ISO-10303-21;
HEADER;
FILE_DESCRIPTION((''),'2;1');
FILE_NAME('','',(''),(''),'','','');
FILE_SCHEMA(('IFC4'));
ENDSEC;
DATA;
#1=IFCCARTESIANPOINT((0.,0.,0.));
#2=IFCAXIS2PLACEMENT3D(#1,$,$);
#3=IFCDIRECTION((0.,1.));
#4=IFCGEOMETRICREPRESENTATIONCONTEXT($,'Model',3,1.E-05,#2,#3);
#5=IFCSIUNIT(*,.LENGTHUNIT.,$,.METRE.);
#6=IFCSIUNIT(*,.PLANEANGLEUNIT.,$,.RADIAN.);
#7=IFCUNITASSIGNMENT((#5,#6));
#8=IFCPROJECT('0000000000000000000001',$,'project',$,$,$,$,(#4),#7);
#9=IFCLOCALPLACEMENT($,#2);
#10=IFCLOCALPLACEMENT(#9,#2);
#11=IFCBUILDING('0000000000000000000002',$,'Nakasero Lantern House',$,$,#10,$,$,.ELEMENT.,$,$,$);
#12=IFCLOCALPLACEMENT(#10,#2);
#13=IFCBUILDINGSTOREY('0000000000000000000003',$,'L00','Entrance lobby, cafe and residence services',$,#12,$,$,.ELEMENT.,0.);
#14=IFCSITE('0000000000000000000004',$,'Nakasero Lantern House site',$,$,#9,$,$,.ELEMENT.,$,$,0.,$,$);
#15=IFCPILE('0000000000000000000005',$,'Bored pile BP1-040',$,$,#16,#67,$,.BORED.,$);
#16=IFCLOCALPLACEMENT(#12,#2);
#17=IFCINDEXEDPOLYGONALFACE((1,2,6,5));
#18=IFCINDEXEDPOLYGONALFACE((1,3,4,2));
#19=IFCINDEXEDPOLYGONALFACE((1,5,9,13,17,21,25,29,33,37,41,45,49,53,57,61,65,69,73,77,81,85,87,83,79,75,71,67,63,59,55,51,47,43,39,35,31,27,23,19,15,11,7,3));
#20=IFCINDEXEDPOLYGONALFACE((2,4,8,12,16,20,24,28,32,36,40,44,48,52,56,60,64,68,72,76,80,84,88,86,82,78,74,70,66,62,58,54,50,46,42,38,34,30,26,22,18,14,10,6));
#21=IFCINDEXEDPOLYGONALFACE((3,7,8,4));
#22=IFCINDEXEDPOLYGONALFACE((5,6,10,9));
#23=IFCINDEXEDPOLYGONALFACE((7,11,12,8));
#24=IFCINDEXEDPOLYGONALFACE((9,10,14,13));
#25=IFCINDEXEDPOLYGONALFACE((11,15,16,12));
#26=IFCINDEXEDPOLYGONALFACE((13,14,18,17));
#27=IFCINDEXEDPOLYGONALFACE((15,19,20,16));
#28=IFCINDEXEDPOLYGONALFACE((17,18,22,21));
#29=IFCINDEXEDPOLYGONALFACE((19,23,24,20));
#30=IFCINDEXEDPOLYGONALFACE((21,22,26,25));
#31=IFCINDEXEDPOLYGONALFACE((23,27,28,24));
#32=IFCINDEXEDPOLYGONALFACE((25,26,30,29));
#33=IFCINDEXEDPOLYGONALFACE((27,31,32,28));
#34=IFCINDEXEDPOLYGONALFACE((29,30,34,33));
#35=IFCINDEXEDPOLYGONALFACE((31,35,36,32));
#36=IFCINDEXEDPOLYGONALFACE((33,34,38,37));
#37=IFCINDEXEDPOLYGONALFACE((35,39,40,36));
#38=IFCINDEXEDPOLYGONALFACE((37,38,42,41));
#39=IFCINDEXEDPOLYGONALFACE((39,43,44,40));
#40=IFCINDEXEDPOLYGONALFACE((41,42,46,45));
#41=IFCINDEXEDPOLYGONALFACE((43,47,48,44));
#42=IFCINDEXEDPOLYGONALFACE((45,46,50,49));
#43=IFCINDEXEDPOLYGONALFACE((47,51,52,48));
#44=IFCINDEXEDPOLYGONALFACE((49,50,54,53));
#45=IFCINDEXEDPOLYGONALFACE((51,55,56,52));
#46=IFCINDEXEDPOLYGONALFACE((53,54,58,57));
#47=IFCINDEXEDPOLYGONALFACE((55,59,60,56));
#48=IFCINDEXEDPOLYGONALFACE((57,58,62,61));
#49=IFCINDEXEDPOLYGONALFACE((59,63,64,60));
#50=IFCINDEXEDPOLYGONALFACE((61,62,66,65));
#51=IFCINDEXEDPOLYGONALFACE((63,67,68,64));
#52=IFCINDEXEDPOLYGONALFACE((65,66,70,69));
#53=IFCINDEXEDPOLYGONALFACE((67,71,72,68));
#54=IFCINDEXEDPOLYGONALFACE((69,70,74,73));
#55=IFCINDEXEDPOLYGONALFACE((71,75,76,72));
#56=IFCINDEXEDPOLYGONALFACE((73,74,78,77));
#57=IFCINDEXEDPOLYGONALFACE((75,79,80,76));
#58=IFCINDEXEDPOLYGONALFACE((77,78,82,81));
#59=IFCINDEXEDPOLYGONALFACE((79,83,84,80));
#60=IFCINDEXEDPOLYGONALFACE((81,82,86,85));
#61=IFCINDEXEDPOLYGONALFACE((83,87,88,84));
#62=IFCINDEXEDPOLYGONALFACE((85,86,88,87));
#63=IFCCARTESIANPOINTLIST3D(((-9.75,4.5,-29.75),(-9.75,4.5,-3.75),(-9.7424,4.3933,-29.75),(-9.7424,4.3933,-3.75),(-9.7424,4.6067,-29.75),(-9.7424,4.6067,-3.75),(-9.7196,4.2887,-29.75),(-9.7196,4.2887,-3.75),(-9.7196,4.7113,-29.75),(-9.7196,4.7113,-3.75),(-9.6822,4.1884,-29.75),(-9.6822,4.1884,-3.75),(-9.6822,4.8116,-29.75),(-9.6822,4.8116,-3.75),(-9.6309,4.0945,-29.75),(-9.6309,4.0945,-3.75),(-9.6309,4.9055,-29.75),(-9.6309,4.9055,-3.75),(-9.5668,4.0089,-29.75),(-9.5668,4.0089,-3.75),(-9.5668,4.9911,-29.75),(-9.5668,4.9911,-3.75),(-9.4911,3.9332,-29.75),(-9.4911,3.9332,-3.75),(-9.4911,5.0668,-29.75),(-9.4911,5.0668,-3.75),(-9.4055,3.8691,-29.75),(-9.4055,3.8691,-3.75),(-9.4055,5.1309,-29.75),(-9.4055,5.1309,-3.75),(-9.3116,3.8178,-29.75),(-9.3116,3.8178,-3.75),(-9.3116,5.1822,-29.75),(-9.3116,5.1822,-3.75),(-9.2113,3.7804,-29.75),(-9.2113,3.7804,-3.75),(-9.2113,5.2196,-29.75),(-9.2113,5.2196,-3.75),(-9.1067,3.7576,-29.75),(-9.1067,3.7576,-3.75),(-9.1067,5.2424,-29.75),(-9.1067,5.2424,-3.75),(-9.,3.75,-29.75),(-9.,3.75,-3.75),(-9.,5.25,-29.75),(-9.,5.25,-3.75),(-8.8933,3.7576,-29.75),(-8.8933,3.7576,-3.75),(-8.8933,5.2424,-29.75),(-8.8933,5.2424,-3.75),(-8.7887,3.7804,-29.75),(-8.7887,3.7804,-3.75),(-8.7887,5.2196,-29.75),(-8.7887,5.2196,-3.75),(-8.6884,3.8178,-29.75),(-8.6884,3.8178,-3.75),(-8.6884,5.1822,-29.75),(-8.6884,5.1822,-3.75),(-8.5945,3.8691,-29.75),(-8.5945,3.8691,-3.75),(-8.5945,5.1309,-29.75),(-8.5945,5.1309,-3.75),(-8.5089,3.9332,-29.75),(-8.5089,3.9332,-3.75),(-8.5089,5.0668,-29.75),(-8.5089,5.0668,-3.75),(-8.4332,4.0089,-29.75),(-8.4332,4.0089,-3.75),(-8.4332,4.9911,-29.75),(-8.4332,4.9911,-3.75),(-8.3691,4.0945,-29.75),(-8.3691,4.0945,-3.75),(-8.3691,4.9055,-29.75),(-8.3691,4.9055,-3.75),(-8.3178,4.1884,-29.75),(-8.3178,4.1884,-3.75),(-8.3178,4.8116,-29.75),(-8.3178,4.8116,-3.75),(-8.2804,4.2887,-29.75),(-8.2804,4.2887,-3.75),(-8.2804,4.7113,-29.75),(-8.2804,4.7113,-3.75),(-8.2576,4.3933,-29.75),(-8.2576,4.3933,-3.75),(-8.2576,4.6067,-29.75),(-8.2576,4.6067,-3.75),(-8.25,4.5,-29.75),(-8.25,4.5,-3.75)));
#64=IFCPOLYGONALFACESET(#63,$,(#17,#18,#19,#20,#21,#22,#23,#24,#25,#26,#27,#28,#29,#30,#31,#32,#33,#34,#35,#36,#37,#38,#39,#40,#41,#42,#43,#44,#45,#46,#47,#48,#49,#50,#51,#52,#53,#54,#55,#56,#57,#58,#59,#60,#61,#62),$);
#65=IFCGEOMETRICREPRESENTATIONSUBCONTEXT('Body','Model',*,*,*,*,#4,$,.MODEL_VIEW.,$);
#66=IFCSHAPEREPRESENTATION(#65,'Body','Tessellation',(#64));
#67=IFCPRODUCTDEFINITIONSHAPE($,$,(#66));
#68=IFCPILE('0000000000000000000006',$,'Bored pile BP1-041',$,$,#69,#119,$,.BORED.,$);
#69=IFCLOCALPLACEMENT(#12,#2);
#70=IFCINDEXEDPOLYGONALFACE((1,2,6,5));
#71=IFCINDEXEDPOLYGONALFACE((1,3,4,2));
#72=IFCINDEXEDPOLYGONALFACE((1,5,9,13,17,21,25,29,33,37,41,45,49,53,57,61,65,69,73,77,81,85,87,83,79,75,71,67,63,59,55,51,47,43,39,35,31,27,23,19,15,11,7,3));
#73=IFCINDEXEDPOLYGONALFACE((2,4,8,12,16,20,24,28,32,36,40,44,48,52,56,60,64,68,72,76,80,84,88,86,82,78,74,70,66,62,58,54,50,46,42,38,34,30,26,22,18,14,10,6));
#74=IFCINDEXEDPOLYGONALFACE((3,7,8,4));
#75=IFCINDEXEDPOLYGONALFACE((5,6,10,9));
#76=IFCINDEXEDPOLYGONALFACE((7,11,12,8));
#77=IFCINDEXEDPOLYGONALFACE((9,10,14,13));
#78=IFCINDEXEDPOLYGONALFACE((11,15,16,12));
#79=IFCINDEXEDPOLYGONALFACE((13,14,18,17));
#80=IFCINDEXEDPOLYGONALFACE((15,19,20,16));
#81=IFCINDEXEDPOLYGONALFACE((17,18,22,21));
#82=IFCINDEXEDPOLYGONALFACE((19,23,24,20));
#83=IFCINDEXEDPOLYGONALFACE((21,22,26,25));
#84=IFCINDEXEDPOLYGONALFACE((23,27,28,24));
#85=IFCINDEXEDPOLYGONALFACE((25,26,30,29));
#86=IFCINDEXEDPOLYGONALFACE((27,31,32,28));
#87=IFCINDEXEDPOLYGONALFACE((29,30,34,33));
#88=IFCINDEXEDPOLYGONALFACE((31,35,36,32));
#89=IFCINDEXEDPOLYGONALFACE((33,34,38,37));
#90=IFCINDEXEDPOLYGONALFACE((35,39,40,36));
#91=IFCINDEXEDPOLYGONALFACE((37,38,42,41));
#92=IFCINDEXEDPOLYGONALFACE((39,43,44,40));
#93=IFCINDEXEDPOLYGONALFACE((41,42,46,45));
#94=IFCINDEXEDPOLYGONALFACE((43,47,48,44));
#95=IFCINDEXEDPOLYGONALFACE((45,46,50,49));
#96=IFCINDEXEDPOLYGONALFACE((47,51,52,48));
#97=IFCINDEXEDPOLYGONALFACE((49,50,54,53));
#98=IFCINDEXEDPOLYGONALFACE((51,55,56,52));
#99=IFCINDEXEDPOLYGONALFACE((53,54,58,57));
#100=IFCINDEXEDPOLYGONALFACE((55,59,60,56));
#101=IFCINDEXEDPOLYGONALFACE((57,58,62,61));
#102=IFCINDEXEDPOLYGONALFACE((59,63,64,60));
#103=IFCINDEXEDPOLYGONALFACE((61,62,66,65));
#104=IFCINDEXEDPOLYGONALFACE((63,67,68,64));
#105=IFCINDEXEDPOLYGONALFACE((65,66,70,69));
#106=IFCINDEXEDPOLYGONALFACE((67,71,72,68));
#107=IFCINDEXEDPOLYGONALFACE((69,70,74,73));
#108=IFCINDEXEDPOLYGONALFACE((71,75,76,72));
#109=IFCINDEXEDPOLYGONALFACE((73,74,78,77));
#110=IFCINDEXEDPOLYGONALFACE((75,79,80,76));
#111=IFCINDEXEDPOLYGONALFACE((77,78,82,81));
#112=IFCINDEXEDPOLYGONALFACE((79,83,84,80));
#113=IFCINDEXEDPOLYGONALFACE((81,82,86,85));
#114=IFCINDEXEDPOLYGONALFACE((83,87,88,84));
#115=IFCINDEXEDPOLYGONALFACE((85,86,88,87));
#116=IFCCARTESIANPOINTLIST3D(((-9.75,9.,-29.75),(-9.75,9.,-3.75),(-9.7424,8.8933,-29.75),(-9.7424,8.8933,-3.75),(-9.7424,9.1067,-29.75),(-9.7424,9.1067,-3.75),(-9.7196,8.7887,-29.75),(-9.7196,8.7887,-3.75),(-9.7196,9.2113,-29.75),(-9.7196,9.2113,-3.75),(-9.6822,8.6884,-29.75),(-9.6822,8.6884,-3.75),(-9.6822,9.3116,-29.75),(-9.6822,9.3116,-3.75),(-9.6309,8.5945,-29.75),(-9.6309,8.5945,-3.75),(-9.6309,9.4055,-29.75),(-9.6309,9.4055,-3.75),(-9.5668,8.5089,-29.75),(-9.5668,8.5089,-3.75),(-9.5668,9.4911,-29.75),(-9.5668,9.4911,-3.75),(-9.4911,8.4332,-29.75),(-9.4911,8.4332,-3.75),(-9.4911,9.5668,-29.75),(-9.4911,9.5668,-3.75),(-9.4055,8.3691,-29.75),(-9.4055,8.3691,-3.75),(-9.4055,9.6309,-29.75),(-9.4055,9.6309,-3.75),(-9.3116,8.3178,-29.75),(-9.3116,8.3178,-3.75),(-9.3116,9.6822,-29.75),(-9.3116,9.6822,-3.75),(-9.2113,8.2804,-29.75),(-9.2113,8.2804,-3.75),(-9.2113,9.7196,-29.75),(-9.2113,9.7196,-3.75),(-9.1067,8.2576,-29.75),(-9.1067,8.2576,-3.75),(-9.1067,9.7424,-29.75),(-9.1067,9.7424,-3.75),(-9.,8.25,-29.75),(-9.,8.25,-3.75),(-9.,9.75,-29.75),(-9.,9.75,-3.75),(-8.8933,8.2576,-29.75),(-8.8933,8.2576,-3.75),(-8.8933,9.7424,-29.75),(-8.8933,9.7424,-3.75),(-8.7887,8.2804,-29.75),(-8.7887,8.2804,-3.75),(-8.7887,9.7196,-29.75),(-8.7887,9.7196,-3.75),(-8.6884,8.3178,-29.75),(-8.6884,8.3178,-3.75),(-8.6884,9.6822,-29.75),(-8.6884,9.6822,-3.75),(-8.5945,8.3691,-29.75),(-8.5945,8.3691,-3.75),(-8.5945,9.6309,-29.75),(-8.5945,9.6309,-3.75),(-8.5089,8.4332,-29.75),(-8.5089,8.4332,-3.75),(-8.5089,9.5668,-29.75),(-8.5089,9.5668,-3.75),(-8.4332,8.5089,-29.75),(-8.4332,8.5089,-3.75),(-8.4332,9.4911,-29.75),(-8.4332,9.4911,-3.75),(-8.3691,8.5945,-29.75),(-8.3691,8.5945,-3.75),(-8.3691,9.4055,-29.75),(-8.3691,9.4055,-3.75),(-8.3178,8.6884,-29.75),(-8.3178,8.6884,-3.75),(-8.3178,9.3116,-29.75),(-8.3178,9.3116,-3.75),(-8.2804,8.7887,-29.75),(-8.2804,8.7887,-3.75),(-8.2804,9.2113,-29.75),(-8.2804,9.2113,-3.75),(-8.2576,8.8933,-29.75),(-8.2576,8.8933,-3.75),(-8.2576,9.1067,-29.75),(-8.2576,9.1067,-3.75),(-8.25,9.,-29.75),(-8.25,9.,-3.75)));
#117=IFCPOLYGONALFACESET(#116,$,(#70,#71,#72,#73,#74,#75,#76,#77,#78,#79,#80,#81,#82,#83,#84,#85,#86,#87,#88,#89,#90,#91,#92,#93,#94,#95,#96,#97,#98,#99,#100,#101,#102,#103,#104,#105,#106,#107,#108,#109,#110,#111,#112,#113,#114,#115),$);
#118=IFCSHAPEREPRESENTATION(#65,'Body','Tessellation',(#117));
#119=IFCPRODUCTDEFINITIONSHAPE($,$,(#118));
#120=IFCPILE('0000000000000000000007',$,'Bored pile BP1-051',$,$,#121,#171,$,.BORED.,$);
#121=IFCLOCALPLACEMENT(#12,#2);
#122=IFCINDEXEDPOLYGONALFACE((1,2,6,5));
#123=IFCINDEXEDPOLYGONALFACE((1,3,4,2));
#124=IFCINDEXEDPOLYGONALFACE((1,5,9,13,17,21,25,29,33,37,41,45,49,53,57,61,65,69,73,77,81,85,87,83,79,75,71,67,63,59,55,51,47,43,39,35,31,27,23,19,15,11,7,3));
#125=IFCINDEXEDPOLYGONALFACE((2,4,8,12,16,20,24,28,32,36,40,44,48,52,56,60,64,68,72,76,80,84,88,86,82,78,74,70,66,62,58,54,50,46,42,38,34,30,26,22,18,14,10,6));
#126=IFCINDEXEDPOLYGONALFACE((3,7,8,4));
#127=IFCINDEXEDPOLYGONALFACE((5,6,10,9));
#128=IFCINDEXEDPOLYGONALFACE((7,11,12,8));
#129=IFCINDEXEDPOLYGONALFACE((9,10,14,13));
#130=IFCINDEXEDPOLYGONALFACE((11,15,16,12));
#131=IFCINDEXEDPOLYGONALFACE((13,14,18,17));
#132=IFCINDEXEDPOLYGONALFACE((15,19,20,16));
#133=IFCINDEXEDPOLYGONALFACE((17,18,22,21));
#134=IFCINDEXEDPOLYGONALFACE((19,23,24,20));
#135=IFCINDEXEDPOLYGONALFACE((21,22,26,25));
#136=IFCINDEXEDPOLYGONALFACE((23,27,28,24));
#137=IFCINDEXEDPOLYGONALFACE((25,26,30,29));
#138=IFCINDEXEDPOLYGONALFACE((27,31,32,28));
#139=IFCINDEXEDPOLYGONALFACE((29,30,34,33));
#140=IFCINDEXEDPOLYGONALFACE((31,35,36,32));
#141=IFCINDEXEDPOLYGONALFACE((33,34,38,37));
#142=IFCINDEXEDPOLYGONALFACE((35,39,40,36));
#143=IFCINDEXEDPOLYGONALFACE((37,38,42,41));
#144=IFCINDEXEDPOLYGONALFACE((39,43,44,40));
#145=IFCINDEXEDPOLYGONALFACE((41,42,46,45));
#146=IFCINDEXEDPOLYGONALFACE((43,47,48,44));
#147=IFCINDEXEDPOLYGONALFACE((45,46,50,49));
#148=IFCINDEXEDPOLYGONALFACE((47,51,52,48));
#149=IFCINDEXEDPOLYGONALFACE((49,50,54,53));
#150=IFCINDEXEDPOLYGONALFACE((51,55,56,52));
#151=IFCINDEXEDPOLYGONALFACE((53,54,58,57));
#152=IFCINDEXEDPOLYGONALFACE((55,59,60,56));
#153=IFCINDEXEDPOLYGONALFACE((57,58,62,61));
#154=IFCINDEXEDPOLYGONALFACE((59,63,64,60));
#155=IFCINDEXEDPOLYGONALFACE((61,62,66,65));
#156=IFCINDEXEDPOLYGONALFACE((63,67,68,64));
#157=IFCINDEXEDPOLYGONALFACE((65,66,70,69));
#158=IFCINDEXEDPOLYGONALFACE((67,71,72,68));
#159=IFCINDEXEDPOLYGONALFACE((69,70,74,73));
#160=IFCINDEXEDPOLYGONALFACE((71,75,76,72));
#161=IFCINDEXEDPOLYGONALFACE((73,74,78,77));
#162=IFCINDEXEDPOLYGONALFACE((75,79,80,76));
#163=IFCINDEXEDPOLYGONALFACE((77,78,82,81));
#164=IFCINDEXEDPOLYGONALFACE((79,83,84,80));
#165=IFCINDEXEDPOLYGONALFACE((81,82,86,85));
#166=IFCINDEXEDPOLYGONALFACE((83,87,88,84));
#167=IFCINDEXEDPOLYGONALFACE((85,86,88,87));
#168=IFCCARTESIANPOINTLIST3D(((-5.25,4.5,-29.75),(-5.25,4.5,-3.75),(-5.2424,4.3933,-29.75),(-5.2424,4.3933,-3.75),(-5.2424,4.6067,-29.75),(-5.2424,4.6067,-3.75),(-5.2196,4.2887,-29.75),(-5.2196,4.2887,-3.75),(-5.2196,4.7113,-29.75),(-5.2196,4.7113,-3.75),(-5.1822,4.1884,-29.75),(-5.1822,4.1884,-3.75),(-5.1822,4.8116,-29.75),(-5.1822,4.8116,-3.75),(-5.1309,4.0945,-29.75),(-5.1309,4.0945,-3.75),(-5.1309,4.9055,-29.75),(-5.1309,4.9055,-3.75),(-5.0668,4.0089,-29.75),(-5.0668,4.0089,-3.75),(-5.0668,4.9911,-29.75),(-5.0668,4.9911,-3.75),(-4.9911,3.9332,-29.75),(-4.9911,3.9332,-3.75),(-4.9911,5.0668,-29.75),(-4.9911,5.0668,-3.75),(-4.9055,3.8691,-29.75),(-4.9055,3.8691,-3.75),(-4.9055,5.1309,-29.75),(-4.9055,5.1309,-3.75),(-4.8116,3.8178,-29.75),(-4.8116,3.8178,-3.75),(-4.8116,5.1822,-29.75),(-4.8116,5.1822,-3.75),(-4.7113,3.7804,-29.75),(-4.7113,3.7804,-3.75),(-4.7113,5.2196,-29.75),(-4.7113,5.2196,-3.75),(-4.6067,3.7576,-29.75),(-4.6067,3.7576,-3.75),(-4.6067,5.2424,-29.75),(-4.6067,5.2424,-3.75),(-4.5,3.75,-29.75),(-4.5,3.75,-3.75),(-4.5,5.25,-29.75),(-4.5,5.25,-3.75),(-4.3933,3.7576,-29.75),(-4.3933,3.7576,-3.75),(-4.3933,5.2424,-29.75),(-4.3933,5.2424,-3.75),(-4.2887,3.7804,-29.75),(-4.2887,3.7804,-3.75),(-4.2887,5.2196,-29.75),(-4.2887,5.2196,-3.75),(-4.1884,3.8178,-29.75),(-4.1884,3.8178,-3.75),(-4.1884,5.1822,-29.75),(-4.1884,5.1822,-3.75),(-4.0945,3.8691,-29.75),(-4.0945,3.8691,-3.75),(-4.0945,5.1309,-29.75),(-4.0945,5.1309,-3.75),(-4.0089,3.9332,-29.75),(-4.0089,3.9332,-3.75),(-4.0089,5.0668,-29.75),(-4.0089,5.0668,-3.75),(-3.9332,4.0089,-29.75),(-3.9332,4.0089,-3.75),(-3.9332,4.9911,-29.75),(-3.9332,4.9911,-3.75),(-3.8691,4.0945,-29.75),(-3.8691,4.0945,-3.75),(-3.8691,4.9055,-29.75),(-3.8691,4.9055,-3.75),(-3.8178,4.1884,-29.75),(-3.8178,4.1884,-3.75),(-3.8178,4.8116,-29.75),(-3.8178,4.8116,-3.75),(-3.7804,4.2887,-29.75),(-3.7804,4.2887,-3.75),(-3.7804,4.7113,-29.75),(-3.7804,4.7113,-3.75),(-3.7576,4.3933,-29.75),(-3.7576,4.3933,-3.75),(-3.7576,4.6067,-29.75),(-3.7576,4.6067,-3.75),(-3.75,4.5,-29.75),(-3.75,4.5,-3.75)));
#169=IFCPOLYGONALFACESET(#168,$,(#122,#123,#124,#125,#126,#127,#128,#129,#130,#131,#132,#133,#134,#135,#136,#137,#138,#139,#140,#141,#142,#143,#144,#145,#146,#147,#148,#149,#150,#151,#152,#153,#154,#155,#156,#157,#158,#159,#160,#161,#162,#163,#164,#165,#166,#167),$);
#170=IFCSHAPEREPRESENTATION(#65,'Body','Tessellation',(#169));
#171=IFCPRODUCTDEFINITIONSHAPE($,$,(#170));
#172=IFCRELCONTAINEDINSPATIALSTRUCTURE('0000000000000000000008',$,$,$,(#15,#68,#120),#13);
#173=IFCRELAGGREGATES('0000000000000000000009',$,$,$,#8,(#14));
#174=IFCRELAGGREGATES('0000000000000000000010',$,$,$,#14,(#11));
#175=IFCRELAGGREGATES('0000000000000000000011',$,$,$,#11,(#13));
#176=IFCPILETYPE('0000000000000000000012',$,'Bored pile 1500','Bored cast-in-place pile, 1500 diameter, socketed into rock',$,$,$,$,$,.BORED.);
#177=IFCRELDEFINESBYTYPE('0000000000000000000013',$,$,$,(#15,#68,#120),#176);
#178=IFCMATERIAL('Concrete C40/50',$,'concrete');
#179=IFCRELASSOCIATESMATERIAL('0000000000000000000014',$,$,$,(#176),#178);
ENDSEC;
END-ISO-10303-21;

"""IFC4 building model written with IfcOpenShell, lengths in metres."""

from ifc_helpers import new_model, si_unit, direction, frame, origin, origin_2d, place, context, subcontext, project, spatial, circle, extrude, material, type_object, element, save


model = new_model("IFC4")

# Units and contexts
model_context = context("Model", 3, precision=1e-05, world=origin(), true_north=direction((0.0, 1.0)))
body_context = subcontext(model_context, "Body", "Model", "MODEL_VIEW")
ifc_project = project(units=[si_unit("LENGTHUNIT", "METRE"), si_unit("PLANEANGLEUNIT", "RADIAN")], contexts=[model_context])

# Site, building, storey
site_placement = place(None, origin())
site = spatial("IfcSite", under=ifc_project, at=site_placement, Name="Nakasero Lantern House site", CompositionType="ELEMENT", RefElevation=0.0)
building_placement = place(site_placement, origin())
building = spatial("IfcBuilding", under=site, at=building_placement, Name="Nakasero Lantern House", CompositionType="ELEMENT")
storey_placement = place(building_placement, origin())
storey = spatial("IfcBuildingStorey", under=building, at=storey_placement, Name="L00", Description="Entrance lobby, cafe and residence services", CompositionType="ELEMENT", Elevation=0.0)

# Piles
ifc_material_1 = material(Name="Concrete C40/50", Category="concrete")
pile_type = type_object("IfcPileType", Name="Bored pile 1500", Description="Bored cast-in-place pile, 1500 diameter, socketed into rock", PredefinedType="BORED", material=ifc_material_1)
for number, where, z_axis, x_axis, name in (
    (1, (-9.0, 4.5, -3.75), (0.0, 0.0, -1.0), (1.0, 0.0, 0.0), "Bored pile BP1-040"),
    (2, (-9.0, 9.0, -3.75), (0.0, 0.0, -1.0), (1.0, 0.0, 0.0), "Bored pile BP1-041"),
    (3, (-4.5, 4.5, -3.75), (0.0, 0.0, -1.0), (1.0, 0.0, 0.0), "Bored pile BP1-051"),
):
    element("IfcPile", number, at=place(storey_placement, frame(where, z_axis=z_axis, x_axis=x_axis)), inside=storey, type_object=pile_type, Name=name, PredefinedType="BORED", context=body_context, shape_type="SweptSolid", body=[
        extrude(circle(Radius=0.75, at=origin_2d()), origin(), (0.0, 0.0, 1.0), 26.0),
    ])

save(model, "model.ifc")
